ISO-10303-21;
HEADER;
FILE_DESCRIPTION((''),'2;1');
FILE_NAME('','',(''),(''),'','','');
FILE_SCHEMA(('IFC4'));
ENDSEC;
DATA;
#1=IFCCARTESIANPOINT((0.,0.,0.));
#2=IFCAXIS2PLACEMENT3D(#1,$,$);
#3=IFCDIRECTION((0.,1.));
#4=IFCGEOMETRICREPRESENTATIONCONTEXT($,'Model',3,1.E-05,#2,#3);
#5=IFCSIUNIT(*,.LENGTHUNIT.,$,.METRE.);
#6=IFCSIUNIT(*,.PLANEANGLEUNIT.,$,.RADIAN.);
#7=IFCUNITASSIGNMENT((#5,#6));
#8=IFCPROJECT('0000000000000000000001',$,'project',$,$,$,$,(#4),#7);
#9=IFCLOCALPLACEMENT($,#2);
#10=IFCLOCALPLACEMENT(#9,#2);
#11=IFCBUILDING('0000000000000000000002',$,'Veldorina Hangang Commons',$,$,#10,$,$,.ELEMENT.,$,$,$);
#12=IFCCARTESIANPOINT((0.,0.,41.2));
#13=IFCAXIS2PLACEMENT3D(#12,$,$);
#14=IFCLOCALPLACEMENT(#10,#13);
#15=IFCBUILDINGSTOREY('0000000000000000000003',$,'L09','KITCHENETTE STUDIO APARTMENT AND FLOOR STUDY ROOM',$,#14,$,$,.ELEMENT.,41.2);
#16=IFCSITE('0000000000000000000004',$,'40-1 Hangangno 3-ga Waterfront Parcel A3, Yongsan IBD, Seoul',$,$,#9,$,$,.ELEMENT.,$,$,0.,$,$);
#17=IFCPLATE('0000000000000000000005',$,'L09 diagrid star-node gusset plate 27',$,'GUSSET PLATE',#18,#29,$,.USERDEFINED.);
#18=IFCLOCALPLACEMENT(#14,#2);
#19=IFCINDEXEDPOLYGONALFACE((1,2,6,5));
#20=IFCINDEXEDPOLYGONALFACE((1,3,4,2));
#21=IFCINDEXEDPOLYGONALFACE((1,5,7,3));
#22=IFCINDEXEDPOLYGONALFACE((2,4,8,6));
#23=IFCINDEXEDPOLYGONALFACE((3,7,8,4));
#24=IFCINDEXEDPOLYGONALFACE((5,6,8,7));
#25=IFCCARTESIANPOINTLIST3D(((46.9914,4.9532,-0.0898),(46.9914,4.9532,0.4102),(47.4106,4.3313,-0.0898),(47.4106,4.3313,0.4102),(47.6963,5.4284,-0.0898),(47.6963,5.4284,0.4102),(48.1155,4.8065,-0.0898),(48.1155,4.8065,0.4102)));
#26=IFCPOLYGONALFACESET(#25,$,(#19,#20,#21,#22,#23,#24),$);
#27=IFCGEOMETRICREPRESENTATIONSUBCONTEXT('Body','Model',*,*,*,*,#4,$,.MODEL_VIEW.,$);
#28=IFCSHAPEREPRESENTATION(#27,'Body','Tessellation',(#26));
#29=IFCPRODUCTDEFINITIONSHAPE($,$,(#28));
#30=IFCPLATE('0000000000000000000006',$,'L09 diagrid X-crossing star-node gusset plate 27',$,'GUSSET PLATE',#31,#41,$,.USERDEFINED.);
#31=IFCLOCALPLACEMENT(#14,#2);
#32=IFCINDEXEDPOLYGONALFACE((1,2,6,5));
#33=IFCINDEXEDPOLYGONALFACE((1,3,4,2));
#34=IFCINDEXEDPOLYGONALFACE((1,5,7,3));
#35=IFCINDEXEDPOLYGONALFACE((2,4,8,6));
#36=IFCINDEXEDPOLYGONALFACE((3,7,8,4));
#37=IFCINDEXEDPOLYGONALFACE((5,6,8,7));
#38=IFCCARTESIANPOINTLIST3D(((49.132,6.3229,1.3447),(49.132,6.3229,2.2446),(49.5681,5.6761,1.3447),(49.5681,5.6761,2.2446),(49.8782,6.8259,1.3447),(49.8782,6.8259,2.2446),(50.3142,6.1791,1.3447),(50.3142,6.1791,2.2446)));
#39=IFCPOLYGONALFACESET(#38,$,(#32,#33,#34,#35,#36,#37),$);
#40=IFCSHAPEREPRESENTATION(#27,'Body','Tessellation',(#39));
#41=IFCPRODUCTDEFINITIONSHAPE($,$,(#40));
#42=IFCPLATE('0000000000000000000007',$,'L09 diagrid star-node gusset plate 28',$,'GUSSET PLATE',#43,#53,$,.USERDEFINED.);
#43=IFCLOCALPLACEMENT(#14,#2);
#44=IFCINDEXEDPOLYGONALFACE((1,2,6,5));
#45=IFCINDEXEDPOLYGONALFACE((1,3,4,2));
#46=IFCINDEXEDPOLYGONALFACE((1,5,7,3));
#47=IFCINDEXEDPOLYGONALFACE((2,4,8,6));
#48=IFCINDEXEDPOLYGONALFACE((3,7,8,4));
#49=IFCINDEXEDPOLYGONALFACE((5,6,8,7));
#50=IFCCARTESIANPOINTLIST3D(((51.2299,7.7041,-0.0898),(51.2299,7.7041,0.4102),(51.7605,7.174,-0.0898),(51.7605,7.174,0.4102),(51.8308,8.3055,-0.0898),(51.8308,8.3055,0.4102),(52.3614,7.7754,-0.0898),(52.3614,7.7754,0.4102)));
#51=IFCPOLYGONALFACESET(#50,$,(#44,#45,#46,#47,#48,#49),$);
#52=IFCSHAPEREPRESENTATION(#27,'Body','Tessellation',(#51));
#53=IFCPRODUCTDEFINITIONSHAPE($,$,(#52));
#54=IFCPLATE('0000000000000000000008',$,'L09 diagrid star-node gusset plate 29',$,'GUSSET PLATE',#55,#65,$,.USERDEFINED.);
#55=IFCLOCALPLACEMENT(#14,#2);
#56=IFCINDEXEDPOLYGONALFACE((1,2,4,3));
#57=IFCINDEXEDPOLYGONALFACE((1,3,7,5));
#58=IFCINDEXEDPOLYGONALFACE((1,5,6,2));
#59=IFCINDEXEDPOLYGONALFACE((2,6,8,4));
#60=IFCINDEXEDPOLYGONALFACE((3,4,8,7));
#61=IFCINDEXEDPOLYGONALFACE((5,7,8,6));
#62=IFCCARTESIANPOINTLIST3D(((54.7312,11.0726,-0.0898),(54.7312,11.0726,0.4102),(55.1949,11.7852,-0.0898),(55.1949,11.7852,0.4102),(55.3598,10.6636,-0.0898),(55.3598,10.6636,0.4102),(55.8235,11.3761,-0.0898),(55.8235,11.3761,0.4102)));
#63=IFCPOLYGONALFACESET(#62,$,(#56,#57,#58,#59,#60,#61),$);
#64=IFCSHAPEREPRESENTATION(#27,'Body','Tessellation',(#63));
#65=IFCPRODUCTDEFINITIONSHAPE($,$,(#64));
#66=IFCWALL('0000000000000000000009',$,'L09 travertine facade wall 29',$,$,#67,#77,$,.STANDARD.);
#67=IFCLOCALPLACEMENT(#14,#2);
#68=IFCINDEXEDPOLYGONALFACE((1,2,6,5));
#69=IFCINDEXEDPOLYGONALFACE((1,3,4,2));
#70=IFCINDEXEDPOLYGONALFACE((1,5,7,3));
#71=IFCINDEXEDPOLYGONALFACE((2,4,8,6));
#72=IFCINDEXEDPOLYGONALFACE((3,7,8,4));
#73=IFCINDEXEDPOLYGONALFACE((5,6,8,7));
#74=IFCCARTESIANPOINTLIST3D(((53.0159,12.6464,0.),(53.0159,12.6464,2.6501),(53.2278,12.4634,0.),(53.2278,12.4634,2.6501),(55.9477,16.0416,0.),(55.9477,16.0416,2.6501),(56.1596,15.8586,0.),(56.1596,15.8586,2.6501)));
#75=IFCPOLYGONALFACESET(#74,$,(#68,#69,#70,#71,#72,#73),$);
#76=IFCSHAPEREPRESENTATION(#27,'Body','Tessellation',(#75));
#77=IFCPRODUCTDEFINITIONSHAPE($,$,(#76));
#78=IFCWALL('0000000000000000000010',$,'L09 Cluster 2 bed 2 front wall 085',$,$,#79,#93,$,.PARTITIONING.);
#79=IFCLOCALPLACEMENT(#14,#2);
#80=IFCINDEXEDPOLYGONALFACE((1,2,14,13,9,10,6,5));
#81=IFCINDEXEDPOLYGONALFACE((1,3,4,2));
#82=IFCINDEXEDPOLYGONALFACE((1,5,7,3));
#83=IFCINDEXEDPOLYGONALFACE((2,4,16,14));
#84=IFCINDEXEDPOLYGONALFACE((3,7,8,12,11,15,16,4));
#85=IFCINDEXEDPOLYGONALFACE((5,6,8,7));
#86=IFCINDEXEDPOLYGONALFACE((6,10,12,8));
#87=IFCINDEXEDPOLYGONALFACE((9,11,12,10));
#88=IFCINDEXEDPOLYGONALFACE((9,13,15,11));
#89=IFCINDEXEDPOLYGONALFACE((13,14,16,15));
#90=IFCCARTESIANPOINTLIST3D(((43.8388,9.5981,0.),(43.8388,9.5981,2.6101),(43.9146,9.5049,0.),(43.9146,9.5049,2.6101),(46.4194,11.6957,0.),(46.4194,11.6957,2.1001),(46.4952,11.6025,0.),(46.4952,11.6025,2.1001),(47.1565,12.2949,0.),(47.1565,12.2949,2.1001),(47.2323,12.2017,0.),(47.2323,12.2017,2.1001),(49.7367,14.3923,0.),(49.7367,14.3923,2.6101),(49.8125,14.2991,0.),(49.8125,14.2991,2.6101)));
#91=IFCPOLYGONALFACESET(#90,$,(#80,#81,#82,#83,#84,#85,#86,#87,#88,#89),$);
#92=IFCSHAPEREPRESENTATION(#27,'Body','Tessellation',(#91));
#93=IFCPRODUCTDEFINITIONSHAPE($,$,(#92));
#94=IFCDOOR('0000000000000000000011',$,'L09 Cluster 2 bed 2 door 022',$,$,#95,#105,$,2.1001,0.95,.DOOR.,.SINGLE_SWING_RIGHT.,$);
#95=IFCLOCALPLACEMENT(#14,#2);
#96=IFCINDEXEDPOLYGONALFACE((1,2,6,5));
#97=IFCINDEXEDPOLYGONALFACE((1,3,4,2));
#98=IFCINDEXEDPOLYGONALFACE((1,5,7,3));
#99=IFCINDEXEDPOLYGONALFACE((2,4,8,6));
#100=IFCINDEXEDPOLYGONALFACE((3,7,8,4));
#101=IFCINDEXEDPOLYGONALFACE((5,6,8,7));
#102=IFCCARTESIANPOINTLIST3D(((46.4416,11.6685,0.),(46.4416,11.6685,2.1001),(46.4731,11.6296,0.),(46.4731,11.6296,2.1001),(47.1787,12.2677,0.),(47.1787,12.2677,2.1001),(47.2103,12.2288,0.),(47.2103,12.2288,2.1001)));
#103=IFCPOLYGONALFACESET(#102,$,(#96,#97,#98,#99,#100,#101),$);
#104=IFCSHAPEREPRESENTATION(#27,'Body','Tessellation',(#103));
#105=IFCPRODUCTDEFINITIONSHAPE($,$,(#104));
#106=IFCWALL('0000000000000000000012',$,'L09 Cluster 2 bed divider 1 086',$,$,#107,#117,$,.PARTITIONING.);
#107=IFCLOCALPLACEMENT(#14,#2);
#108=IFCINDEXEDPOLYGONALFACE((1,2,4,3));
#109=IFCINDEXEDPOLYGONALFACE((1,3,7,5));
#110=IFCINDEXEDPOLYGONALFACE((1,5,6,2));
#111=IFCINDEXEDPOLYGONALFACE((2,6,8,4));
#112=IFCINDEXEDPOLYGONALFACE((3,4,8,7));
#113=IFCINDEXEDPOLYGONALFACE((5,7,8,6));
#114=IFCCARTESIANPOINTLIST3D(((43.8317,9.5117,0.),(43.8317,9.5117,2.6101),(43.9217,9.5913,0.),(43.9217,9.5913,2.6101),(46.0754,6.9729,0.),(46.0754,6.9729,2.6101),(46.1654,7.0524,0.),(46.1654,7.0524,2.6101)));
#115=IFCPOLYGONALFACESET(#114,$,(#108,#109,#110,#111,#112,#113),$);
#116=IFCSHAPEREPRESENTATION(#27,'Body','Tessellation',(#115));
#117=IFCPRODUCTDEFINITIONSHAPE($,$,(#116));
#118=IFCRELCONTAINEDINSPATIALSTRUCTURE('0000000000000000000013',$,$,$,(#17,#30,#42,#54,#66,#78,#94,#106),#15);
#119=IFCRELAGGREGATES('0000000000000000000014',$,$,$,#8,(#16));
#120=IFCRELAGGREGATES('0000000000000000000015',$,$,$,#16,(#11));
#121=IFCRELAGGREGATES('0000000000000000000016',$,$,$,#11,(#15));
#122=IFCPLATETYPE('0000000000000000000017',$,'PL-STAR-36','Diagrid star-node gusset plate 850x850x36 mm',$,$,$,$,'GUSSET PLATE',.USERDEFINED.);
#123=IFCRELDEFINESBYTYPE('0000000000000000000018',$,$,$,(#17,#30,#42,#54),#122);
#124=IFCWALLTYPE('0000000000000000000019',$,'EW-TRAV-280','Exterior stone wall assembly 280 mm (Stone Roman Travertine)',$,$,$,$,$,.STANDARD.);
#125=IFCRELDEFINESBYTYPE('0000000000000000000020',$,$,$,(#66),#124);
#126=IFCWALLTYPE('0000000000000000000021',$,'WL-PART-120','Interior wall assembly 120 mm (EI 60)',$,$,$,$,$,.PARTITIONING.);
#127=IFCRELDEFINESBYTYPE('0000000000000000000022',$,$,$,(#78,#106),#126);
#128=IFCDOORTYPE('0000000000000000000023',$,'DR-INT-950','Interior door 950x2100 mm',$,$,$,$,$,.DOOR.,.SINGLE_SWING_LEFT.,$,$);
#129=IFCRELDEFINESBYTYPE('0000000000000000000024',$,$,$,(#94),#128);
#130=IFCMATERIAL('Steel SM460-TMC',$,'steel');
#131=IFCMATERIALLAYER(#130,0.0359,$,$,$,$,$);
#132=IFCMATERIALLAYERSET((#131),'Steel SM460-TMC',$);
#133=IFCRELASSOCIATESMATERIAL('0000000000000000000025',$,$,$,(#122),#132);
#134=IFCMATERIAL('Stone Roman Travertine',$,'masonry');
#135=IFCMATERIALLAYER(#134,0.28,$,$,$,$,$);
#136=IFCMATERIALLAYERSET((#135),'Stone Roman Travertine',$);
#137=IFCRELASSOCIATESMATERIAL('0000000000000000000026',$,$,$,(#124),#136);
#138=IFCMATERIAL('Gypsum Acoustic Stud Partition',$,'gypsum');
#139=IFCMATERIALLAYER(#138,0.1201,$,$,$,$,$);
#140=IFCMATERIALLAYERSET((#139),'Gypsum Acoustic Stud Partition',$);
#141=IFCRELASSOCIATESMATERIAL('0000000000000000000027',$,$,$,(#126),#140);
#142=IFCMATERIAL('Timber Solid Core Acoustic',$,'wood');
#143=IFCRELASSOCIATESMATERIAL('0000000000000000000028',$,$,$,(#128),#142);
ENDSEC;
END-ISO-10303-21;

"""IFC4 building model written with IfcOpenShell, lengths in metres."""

from ifc_helpers import new_model, si_unit, direction, frame, frame_2d, origin, origin_2d, place, context, subcontext, project, spatial, rectangle, extrude, material, layer, layer_set, type_object, element, fill, save


model = new_model("IFC4")

# Units and contexts
model_context = context("Model", 3, precision=1e-05, world=origin(), true_north=direction((0.0, 1.0)))
body_context = subcontext(model_context, "Body", "Model", "MODEL_VIEW")
ifc_project = project(units=[si_unit("LENGTHUNIT", "METRE"), si_unit("PLANEANGLEUNIT", "RADIAN")], contexts=[model_context])

# Site, building, storey
site_placement = place(None, origin())
site = spatial("IfcSite", under=ifc_project, at=site_placement, Name="40-1 Hangangno 3-ga Waterfront Parcel A3, Yongsan IBD, Seoul", CompositionType="ELEMENT", RefElevation=0.0)
building_placement = place(site_placement, origin())
building = spatial("IfcBuilding", under=site, at=building_placement, Name="Veldorina Hangang Commons", CompositionType="ELEMENT")
storey_placement = place(building_placement, frame((0.0, 0.0, 41.2)))
storey = spatial("IfcBuildingStorey", under=building, at=storey_placement, Name="L09", Description="KITCHENETTE STUDIO APARTMENT AND FLOOR STUDY ROOM", CompositionType="ELEMENT", Elevation=41.2)

# Shared definitions
ifc_material_1 = material(Name="Steel SM460-TMC", Category="steel")

# Plates
ifc_layer_1 = layer(ifc_material_1, 0.0359)
ifc_layer_set_1 = layer_set([ifc_layer_1], Name="Steel SM460-TMC")
plate_type_1 = type_object("IfcPlateType", Name="PL-STAR-36", Description="Diagrid star-node gusset plate 850x850x36 mm", ElementType="GUSSET PLATE", PredefinedType="USERDEFINED", material=ifc_layer_set_1)
plate_1_placement = place(storey_placement, frame((47.5535, 4.8799, -0.0898), z_axis=(0.0, 0.0, 1.0), x_axis=(0.829184, 0.558976, 0.0)))
element("IfcPlate", 1, at=plate_1_placement, inside=storey, type_object=plate_type_1, Name="L09 diagrid star-node gusset plate 27", ObjectType="GUSSET PLATE", PredefinedType="USERDEFINED", context=body_context, shape_type="SweptSolid", body=[
    extrude(rectangle(XDim=0.8501, YDim=0.75, at=origin_2d()), origin(), (0.0, 0.0, 1.0), 0.5),
])
plate_2_placement = place(storey_placement, frame((49.7231, 6.251, 1.3447), z_axis=(0.0, 0.0, 1.0), x_axis=(0.829184, 0.558976, 0.0)))
element("IfcPlate", 2, at=plate_2_placement, inside=storey, type_object=plate_type_1, Name="L09 diagrid X-crossing star-node gusset plate 27", ObjectType="GUSSET PLATE", PredefinedType="USERDEFINED", context=body_context, shape_type="SweptSolid", body=[
    extrude(rectangle(XDim=0.8999, YDim=0.78, at=origin_2d()), origin(), (0.0, 0.0, 1.0), 0.8999),
])
for number, where, z_axis, x_axis, name in (
    (3, (51.7957, 7.7397, -0.0898), (0.0, 0.0, 1.0), (0.706798, 0.707415, 0.0), "L09 diagrid star-node gusset plate 28"),
    (4, (55.2773, 11.2244, -0.0898), (0.0, 0.0, 1.0), (0.545429, 0.838157, 0.0), "L09 diagrid star-node gusset plate 29"),
):
    element("IfcPlate", number, at=place(storey_placement, frame(where, z_axis=z_axis, x_axis=x_axis)), inside=storey, type_object=plate_type_1, Name=name, ObjectType="GUSSET PLATE", PredefinedType="USERDEFINED", context=body_context, shape_type="SweptSolid", body=[
        extrude(rectangle(XDim=0.8501, YDim=0.75, at=origin_2d()), origin(), (0.0, 0.0, 1.0), 0.5),
    ])

# Wall
ifc_material_2 = material(Name="Stone Roman Travertine", Category="masonry")
ifc_layer_2 = layer(ifc_material_2, 0.28)
ifc_layer_set_2 = layer_set([ifc_layer_2], Name="Stone Roman Travertine")
wall_type_1 = type_object("IfcWallType", Name="EW-TRAV-280", Description="Exterior stone wall assembly 280 mm (Stone Roman Travertine)", PredefinedType="STANDARD", material=ifc_layer_set_2)
wall_1_placement = place(storey_placement, frame((53.1218, 12.5549, 0.0), z_axis=(0.0, 0.0, 1.0), x_axis=(0.65357, 0.756866, 0.0)))
element("IfcWall", 5, at=wall_1_placement, inside=storey, type_object=wall_type_1, Name="L09 travertine facade wall 29", PredefinedType="STANDARD", context=body_context, shape_type="SweptSolid", body=[
    extrude(rectangle(XDim=4.4858, YDim=0.28, at=frame_2d((2.2429, 0.0))), origin(), (0.0, 0.0, 1.0), 2.6501),
])

# Wall, opening, door
ifc_material_3 = material(Name="Gypsum Acoustic Stud Partition", Category="gypsum")
ifc_layer_3 = layer(ifc_material_3, 0.1201)
ifc_layer_set_3 = layer_set([ifc_layer_3], Name="Gypsum Acoustic Stud Partition")
wall_type_2 = type_object("IfcWallType", Name="WL-PART-120", Description="Interior wall assembly 120 mm (EI 60)", PredefinedType="PARTITIONING", material=ifc_layer_set_3)
wall_2_placement = place(storey_placement, frame((43.8767, 9.5515, 0.0), z_axis=(0.0, 0.0, 1.0), x_axis=(0.775978, 0.630759, 0.0)))
wall_2 = element("IfcWall", 6, at=wall_2_placement, inside=storey, type_object=wall_type_2, Name="L09 Cluster 2 bed 2 front wall 085", PredefinedType="PARTITIONING", context=body_context, shape_type="SweptSolid", body=[
    extrude(rectangle(XDim=7.6006, YDim=0.1201, at=frame_2d((3.8003, 0.0))), origin(), (0.0, 0.0, 1.0), 2.6101),
])
opening_placement = place(wall_2_placement, frame((3.3254, 0.0, 0.0)))
opening = element("IfcOpeningElement", 7, at=opening_placement, cuts=wall_2, PredefinedType="OPENING", context=body_context, shape_type="SweptSolid", body=[
    extrude(rectangle(XDim=0.95, YDim=2.1001, at=frame_2d((0.4751, 1.05))), frame((0.0, 0.0701, 0.0), z_axis=(0.0, -1.0, 0.0), x_axis=(1.0, 0.0, 0.0)), (0.0, 0.0, 1.0), 0.1401),
])
ifc_material_4 = material(Name="Timber Solid Core Acoustic", Category="wood")
door_type = type_object("IfcDoorType", Name="DR-INT-950", Description="Interior door 950x2100 mm", OperationType="SINGLE_SWING_LEFT", PredefinedType="DOOR", material=ifc_material_4)
door_placement = place(opening_placement, origin())
door = element("IfcDoor", 8, at=door_placement, inside=storey, type_object=door_type, Name="L09 Cluster 2 bed 2 door 022", OperationType="SINGLE_SWING_RIGHT", OverallHeight=2.1001, OverallWidth=0.95, PredefinedType="DOOR", context=body_context, shape_type="SweptSolid", body=[
    extrude(rectangle(XDim=0.95, YDim=2.1001, at=frame_2d((0.4751, 1.05))), frame((0.0, 0.0249, 0.0), z_axis=(0.0, -1.0, 0.0), x_axis=(1.0, 0.0, 0.0)), (0.0, 0.0, 1.0), 0.05),
])
fill(opening, door)

# Wall
wall_3_placement = place(storey_placement, frame((43.8767, 9.5515, 0.0), z_axis=(0.0, 0.0, 1.0), x_axis=(0.662205, -0.749322, 0.0)))
element("IfcWall", 9, at=wall_3_placement, inside=storey, type_object=wall_type_2, Name="L09 Cluster 2 bed divider 1 086", PredefinedType="PARTITIONING", context=body_context, shape_type="SweptSolid", body=[
    extrude(rectangle(XDim=3.3882, YDim=0.1201, at=frame_2d((1.6941, 0.0))), origin(), (0.0, 0.0, 1.0), 2.6101),
])

save(model, "model.ifc")
